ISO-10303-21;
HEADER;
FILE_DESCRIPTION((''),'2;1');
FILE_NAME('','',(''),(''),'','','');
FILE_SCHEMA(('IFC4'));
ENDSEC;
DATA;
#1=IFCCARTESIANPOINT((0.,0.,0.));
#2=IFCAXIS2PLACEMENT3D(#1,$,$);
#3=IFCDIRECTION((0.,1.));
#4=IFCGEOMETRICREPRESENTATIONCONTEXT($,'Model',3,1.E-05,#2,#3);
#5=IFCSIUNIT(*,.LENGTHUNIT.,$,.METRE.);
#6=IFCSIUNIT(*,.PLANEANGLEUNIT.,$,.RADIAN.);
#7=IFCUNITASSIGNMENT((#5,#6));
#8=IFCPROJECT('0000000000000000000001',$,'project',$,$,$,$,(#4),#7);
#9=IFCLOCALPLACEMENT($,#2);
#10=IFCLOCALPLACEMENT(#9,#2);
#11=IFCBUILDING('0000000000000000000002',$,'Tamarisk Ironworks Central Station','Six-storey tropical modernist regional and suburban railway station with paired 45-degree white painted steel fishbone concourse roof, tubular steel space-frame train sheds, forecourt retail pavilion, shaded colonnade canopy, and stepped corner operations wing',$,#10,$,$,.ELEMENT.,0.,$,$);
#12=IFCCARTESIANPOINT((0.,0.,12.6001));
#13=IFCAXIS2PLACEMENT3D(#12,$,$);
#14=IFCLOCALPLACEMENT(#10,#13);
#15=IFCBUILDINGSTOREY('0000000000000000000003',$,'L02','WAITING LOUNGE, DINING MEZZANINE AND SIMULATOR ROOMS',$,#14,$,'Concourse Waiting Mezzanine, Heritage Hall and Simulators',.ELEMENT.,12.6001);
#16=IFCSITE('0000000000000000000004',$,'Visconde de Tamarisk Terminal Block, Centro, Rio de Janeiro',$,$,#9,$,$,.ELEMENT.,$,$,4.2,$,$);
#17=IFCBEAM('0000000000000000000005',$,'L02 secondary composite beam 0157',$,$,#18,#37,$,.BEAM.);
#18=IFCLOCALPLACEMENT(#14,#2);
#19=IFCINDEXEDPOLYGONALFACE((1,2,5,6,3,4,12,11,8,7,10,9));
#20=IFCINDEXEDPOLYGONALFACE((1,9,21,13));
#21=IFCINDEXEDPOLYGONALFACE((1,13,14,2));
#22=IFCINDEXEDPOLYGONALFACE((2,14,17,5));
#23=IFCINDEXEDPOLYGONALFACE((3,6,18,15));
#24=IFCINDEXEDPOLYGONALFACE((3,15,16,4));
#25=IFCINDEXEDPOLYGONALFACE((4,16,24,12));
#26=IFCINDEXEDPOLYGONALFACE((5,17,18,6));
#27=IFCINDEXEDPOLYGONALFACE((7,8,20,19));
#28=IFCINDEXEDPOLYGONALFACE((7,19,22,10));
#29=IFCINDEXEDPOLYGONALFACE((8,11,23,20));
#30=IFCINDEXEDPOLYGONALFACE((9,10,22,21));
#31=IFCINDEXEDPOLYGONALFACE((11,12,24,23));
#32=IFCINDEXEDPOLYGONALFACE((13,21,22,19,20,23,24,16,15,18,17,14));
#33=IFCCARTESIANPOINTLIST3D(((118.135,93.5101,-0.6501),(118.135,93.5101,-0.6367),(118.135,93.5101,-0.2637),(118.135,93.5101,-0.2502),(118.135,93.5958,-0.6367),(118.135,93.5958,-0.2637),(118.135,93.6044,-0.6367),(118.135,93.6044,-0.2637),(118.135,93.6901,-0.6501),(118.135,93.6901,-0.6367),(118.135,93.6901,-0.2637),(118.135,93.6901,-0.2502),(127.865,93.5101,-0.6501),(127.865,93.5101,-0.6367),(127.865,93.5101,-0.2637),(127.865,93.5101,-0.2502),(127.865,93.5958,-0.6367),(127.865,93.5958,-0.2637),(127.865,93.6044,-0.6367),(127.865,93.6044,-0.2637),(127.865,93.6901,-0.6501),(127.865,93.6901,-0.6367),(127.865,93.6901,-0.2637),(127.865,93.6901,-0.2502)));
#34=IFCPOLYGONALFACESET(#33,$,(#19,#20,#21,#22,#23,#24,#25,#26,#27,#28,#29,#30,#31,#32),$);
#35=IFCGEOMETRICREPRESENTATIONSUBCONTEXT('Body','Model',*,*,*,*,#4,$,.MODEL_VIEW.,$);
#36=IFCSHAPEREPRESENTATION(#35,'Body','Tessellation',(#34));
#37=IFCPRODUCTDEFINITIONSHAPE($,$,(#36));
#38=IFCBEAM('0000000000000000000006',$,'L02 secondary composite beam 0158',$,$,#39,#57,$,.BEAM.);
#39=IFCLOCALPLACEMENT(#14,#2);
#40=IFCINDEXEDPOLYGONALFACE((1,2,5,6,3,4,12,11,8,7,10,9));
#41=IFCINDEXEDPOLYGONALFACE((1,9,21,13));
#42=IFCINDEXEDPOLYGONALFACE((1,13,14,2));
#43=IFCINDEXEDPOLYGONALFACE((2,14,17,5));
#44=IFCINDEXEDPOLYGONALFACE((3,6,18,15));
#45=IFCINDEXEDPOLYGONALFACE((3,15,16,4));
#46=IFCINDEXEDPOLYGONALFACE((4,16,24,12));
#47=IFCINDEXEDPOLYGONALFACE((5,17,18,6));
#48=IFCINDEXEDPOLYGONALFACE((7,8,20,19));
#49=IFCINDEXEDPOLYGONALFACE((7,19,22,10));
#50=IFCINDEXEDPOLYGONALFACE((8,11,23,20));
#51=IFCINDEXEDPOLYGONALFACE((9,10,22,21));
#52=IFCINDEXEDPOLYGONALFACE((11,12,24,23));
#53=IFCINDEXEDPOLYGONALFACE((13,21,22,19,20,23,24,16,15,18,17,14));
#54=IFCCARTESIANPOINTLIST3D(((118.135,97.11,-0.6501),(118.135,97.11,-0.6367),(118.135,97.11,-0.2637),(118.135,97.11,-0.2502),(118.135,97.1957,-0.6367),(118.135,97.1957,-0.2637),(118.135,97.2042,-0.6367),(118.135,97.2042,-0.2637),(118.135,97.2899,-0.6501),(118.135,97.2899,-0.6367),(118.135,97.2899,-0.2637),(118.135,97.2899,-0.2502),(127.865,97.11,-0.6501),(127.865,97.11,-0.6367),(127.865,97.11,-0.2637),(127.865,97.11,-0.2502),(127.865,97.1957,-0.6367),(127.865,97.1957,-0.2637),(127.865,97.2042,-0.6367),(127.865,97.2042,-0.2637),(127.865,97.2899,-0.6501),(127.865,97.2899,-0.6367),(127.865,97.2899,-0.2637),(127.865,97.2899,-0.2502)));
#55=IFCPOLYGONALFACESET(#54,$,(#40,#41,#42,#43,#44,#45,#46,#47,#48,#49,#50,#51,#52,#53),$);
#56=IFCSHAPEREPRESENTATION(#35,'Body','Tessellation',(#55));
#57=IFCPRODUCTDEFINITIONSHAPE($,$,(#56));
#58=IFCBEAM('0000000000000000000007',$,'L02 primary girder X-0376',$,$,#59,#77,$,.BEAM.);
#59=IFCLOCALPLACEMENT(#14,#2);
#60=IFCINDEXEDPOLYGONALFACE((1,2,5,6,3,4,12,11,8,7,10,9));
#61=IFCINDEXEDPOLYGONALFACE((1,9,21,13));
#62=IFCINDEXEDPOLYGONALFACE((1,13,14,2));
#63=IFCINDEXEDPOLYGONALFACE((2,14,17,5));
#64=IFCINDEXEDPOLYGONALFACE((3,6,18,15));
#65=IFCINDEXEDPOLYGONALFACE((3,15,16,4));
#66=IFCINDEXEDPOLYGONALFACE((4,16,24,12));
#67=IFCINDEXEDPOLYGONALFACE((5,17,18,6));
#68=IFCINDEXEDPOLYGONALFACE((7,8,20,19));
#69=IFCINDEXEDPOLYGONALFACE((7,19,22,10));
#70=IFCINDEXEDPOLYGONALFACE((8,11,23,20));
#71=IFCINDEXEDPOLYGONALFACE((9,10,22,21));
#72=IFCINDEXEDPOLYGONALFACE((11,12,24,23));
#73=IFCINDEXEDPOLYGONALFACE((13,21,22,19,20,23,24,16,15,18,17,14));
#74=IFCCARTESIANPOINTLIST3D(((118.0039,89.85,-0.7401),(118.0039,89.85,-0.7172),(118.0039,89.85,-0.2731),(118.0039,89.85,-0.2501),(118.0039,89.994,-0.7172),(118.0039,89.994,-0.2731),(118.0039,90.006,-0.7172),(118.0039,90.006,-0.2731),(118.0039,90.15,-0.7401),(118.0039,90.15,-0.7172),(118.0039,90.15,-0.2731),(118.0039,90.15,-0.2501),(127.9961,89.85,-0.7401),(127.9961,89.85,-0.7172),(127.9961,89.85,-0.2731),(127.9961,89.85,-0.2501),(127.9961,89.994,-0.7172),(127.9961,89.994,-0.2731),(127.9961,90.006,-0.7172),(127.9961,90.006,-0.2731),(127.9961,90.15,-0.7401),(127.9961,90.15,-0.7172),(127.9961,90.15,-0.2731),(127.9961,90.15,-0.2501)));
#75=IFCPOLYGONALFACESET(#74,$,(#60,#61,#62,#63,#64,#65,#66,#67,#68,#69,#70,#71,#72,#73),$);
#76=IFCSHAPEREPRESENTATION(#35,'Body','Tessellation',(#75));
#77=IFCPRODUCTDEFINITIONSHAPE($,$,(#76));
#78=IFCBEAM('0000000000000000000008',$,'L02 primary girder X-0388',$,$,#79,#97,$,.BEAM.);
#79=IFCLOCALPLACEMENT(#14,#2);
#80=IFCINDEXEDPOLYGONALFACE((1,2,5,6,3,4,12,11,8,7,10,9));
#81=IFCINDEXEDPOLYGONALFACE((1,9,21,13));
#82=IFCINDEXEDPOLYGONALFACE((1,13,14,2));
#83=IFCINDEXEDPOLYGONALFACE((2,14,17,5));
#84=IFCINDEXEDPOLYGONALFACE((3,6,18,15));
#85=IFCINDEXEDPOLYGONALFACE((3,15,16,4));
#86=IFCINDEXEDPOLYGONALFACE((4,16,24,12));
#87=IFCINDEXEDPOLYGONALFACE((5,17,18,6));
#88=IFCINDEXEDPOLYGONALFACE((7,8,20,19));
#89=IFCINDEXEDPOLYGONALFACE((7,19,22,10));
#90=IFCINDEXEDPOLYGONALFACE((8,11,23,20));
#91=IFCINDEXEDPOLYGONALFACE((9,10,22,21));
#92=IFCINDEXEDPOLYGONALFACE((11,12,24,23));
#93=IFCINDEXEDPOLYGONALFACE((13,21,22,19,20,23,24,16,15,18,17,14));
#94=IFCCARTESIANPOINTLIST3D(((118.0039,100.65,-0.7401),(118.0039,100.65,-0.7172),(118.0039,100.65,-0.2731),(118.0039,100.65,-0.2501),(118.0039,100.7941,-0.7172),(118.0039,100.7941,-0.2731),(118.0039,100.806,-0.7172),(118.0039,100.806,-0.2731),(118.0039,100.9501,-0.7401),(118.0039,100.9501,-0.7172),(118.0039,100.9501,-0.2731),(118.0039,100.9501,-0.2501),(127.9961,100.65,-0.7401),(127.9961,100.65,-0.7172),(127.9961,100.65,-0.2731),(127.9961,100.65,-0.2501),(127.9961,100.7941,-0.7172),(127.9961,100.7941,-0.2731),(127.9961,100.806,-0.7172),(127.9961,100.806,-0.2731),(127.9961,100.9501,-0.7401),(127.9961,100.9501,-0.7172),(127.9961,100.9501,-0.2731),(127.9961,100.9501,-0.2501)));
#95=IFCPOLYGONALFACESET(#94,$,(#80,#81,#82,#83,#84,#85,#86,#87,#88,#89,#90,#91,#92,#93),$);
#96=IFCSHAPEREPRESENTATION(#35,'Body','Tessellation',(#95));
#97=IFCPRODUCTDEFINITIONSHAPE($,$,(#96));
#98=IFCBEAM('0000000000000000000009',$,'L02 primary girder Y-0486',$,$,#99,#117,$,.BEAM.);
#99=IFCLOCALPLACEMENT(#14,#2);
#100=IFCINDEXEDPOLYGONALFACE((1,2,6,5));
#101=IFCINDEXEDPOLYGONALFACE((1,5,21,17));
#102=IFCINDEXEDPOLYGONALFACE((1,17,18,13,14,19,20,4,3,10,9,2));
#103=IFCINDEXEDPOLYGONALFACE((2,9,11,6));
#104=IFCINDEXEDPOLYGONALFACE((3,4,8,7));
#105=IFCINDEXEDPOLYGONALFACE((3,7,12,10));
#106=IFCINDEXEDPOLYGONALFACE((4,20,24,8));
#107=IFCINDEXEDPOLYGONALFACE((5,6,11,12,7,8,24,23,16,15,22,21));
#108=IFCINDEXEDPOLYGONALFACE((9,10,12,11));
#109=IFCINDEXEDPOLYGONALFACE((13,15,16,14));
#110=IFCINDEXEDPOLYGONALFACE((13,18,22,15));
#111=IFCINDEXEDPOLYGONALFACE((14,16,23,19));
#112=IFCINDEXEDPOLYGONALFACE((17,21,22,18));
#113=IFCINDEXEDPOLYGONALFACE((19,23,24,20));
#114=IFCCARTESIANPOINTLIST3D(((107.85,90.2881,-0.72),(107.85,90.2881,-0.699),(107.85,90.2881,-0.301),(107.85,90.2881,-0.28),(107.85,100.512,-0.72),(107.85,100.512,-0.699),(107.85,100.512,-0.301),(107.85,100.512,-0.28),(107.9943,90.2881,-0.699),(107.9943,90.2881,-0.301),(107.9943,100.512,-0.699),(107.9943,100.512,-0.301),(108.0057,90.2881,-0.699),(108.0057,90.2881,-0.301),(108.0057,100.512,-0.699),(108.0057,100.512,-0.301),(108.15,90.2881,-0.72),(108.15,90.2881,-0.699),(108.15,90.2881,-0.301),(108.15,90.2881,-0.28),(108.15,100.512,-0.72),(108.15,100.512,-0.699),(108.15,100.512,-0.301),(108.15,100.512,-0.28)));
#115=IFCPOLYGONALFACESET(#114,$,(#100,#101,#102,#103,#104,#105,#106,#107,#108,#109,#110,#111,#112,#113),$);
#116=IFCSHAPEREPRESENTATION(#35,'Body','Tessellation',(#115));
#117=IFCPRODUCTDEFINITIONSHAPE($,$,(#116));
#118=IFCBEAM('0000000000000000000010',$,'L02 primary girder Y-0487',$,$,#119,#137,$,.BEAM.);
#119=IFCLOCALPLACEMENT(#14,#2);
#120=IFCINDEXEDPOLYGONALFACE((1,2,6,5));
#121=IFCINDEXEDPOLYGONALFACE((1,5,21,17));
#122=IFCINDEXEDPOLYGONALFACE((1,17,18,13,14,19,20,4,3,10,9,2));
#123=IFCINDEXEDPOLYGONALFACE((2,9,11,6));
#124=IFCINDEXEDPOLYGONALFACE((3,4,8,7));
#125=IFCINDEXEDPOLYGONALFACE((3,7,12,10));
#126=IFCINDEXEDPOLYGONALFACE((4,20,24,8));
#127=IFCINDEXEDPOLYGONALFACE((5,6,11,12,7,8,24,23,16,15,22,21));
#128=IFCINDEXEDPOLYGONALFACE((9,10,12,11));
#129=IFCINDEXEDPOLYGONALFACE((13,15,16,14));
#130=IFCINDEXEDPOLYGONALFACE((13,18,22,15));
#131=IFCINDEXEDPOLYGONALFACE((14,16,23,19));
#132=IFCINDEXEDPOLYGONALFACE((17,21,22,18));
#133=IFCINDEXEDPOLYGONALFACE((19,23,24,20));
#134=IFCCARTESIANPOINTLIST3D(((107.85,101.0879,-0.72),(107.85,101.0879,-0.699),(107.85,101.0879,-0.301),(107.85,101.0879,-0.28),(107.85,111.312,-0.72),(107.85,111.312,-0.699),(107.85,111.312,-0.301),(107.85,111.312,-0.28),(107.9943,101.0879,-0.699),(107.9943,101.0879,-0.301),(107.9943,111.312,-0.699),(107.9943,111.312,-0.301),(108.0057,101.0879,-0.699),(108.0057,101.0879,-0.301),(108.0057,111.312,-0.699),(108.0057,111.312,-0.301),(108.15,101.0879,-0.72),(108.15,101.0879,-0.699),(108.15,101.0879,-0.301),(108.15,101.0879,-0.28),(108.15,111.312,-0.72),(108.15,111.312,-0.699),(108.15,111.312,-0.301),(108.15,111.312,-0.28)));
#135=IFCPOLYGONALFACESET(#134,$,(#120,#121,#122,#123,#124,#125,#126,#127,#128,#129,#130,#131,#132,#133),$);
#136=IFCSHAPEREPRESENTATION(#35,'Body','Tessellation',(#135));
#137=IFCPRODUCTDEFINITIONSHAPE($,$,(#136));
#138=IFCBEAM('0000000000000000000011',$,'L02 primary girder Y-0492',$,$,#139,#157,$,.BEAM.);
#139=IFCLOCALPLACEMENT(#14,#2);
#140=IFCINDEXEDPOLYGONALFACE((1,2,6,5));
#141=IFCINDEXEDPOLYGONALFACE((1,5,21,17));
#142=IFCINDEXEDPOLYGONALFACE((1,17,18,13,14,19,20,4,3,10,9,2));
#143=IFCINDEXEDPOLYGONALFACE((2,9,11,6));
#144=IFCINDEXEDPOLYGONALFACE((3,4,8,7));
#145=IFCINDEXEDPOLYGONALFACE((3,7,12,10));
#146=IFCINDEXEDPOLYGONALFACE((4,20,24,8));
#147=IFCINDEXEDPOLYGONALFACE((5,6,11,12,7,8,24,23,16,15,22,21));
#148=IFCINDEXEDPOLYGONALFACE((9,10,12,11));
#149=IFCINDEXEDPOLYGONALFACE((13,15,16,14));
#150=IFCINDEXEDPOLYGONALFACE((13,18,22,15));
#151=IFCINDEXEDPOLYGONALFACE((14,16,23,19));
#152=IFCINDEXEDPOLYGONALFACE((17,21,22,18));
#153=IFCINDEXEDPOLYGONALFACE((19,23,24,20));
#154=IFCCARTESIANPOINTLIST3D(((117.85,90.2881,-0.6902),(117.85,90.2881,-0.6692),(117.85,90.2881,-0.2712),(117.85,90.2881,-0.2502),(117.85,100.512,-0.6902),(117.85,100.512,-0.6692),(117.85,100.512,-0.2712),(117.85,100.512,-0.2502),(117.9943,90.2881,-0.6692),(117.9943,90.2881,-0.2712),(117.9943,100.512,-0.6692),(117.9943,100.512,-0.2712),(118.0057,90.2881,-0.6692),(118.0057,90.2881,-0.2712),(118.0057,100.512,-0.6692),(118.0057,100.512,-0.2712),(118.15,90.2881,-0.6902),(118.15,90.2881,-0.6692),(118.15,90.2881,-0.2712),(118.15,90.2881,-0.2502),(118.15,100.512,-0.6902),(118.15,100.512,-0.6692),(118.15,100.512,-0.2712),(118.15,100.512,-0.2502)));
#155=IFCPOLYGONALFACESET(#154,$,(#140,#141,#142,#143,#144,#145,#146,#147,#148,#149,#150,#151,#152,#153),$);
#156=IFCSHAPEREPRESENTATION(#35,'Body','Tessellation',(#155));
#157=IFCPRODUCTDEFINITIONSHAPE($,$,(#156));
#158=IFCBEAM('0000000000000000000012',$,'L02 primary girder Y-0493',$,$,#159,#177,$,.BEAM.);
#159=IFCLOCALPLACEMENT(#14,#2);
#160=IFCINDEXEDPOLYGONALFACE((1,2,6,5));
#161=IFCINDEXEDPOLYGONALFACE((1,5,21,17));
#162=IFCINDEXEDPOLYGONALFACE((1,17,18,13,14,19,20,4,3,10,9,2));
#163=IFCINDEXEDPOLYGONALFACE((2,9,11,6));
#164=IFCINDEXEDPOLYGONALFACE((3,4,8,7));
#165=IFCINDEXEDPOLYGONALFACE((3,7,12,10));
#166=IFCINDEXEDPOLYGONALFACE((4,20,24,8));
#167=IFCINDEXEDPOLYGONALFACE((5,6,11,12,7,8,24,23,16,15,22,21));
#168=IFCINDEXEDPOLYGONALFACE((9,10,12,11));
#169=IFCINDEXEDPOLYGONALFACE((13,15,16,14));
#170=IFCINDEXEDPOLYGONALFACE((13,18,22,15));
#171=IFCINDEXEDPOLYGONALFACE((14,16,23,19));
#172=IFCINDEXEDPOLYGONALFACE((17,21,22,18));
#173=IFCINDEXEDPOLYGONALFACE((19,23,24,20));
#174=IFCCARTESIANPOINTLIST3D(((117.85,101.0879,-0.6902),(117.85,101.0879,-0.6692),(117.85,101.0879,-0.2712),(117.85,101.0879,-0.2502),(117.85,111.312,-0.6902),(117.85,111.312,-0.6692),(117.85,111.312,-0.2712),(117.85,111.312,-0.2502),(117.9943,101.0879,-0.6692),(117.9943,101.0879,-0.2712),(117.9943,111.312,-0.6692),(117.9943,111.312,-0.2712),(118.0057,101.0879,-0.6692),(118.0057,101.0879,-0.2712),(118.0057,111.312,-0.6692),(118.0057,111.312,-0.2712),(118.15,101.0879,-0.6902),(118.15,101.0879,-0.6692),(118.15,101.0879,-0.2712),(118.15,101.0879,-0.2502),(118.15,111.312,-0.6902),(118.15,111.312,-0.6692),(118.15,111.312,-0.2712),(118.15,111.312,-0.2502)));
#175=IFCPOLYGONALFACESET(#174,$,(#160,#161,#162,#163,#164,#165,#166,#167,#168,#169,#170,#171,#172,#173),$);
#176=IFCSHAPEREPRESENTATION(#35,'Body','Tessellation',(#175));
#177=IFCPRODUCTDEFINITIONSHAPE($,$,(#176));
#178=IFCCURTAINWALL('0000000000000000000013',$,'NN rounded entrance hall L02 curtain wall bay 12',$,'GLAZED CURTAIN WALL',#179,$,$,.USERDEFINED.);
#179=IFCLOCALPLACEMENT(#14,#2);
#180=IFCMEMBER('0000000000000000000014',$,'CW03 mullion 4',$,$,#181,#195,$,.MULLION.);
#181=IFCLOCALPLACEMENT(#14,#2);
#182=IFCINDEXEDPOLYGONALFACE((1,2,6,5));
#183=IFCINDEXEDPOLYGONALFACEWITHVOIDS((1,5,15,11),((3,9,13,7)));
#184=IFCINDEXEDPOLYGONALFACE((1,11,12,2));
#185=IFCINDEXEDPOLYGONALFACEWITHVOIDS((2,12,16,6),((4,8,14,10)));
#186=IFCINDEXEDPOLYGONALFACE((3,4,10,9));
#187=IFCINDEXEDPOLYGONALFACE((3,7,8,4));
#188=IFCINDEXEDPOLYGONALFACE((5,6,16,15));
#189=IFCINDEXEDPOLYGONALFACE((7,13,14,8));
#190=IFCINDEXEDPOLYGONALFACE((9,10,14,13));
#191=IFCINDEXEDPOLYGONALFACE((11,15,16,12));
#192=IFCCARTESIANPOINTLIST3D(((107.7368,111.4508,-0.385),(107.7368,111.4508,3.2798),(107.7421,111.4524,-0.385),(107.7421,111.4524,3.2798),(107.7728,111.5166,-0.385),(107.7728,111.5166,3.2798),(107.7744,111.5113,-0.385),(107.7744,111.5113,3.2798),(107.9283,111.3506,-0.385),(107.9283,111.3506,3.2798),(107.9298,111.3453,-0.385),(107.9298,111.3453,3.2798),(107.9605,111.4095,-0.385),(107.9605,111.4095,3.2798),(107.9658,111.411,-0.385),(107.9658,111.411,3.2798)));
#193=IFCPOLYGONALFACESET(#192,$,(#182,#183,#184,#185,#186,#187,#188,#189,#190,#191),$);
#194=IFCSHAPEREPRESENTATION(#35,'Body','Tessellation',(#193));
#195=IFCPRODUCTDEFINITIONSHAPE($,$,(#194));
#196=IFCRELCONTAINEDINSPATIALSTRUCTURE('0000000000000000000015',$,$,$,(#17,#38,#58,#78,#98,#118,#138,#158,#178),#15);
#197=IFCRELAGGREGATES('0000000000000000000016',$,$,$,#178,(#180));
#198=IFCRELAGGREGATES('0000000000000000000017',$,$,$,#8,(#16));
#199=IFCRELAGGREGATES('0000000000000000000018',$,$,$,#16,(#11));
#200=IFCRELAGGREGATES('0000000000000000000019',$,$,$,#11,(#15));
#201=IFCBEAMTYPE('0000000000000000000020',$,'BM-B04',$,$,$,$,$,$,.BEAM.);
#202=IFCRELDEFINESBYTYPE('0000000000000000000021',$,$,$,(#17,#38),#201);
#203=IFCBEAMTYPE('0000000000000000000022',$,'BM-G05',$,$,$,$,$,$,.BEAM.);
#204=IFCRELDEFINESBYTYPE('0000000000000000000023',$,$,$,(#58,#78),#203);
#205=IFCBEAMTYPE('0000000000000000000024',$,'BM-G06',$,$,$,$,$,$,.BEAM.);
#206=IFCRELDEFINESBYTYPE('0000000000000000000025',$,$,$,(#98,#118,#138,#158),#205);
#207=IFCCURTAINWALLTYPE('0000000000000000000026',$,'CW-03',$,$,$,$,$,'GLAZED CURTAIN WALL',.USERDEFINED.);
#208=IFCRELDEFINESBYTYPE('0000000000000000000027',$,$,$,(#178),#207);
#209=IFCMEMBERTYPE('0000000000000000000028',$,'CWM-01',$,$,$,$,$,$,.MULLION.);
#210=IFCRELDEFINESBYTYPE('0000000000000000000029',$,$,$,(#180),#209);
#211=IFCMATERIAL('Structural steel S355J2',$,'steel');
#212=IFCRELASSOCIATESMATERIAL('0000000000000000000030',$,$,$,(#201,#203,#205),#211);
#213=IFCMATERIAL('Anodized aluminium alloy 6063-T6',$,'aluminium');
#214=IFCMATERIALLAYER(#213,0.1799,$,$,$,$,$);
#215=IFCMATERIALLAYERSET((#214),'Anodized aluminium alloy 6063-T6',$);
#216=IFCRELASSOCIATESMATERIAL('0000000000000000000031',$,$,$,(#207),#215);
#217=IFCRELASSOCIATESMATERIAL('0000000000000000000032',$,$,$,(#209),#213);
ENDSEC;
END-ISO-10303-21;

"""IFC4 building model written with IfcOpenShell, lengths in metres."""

from ifc_helpers import new_model, si_unit, direction, frame, origin, origin_2d, place, context, subcontext, project, spatial, hollow_rectangle, i_section, extrude, material, layer, layer_set, material_profile, profile_set, type_object, element, aggregate, save


model = new_model("IFC4")

# Units and contexts
model_context = context("Model", 3, precision=1e-05, world=origin(), true_north=direction((0.0, 1.0)))
body_context = subcontext(model_context, "Body", "Model", "MODEL_VIEW")
ifc_project = project(units=[si_unit("LENGTHUNIT", "METRE"), si_unit("PLANEANGLEUNIT", "RADIAN")], contexts=[model_context])

# Site, building, storey
site_placement = place(None, origin())
site = spatial("IfcSite", under=ifc_project, at=site_placement, Name="Visconde de Tamarisk Terminal Block, Centro, Rio de Janeiro", CompositionType="ELEMENT", RefElevation=4.2)
building_placement = place(site_placement, origin())
building = spatial("IfcBuilding", under=site, at=building_placement, Name="Tamarisk Ironworks Central Station", Description="Six-storey tropical modernist regional and suburban railway station with paired 45-degree white painted steel fishbone concourse roof, tubular steel space-frame train sheds, forecourt retail pavilion, shaded colonnade canopy, and stepped corner operations wing", CompositionType="ELEMENT", ElevationOfRefHeight=0.0)
storey_placement = place(building_placement, frame((0.0, 0.0, 12.6001)))
storey = spatial("IfcBuildingStorey", under=building, at=storey_placement, Name="L02", Description="WAITING LOUNGE, DINING MEZZANINE AND SIMULATOR ROOMS", LongName="Concourse Waiting Mezzanine, Heritage Hall and Simulators", CompositionType="ELEMENT", Elevation=12.6001)

# Shared definitions
ifc_material_1 = material(Name="Structural steel S355J2", Category="steel")

# Beams
ifc_material_profile_1 = material_profile(ifc_material_1, i_section(OverallWidth=0.1799, OverallDepth=0.3999, WebThickness=0.0085, FlangeThickness=0.0134, at=origin_2d()), Name="IPE 400")
ifc_profile_set_1 = profile_set([ifc_material_profile_1], Name="Structural steel S355J2")
beam_type_1 = type_object("IfcBeamType", Name="BM-B04", PredefinedType="BEAM", material=ifc_profile_set_1)
for number, where, z_axis, x_axis, name in (
    (1, (118.135, 93.6001, -0.4502), (1.0, 0.0, 0.0), (0.0, 1.0, 0.0), "L02 secondary composite beam 0157"),
    (2, (118.135, 97.2, -0.4502), (1.0, 0.0, 0.0), (0.0, 1.0, 0.0), "L02 secondary composite beam 0158"),
):
    element("IfcBeam", number, at=place(storey_placement, frame(where, z_axis=z_axis, x_axis=x_axis)), inside=storey, type_object=beam_type_1, Name=name, PredefinedType="BEAM", context=body_context, shape_type="SweptSolid", body=[
        extrude(i_section(OverallWidth=0.1799, OverallDepth=0.3999, WebThickness=0.0085, FlangeThickness=0.0134, at=origin_2d()), origin(), (0.0, 0.0, 1.0), 9.73),
    ])
ifc_material_profile_2 = material_profile(ifc_material_1, i_section(OverallWidth=0.3, OverallDepth=0.49, WebThickness=0.012, FlangeThickness=0.0229, at=origin_2d()), Name="HEA 500")
ifc_profile_set_2 = profile_set([ifc_material_profile_2], Name="Structural steel S355J2")
beam_type_2 = type_object("IfcBeamType", Name="BM-G05", PredefinedType="BEAM", material=ifc_profile_set_2)
for number, where, z_axis, x_axis, name in (
    (3, (118.0039, 90.0, -0.4951), (1.0, 0.0, 0.0), (0.0, 1.0, 0.0), "L02 primary girder X-0376"),
    (4, (118.0039, 100.8, -0.4951), (1.0, 0.0, 0.0), (0.0, 1.0, 0.0), "L02 primary girder X-0388"),
):
    element("IfcBeam", number, at=place(storey_placement, frame(where, z_axis=z_axis, x_axis=x_axis)), inside=storey, type_object=beam_type_2, Name=name, PredefinedType="BEAM", context=body_context, shape_type="SweptSolid", body=[
        extrude(i_section(OverallWidth=0.3, OverallDepth=0.49, WebThickness=0.012, FlangeThickness=0.0229, at=origin_2d()), origin(), (0.0, 0.0, 1.0), 9.9922),
    ])
ifc_material_profile_3 = material_profile(ifc_material_1, i_section(OverallWidth=0.3, OverallDepth=0.4399, WebThickness=0.0115, FlangeThickness=0.021, at=origin_2d()), Name="HEA 450")
ifc_profile_set_3 = profile_set([ifc_material_profile_3], Name="Structural steel S355J2")
beam_type_3 = type_object("IfcBeamType", Name="BM-G06", PredefinedType="BEAM", material=ifc_profile_set_3)
beam_1_placement = place(storey_placement, frame((108.0, 90.2881, -0.5), z_axis=(0.0, 1.0, 0.0), x_axis=(-1.0, 0.0, 0.0)))
element("IfcBeam", 5, at=beam_1_placement, inside=storey, type_object=beam_type_3, Name="L02 primary girder Y-0486", PredefinedType="BEAM", context=body_context, shape_type="SweptSolid", body=[
    extrude(i_section(OverallWidth=0.3, OverallDepth=0.4399, WebThickness=0.0115, FlangeThickness=0.021, at=origin_2d()), origin(), (0.0, 0.0, 1.0), 10.2239),
])
beam_2_placement = place(storey_placement, frame((108.0, 101.0879, -0.5), z_axis=(0.0, 1.0, 0.0), x_axis=(-1.0, 0.0, 0.0)))
element("IfcBeam", 6, at=beam_2_placement, inside=storey, type_object=beam_type_3, Name="L02 primary girder Y-0487", PredefinedType="BEAM", context=body_context, shape_type="SweptSolid", body=[
    extrude(i_section(OverallWidth=0.3, OverallDepth=0.4399, WebThickness=0.0115, FlangeThickness=0.021, at=origin_2d()), origin(), (0.0, 0.0, 1.0), 10.2241),
])
beam_3_placement = place(storey_placement, frame((118.0, 90.2881, -0.4702), z_axis=(0.0, 1.0, 0.0), x_axis=(-1.0, 0.0, 0.0)))
element("IfcBeam", 7, at=beam_3_placement, inside=storey, type_object=beam_type_3, Name="L02 primary girder Y-0492", PredefinedType="BEAM", context=body_context, shape_type="SweptSolid", body=[
    extrude(i_section(OverallWidth=0.3, OverallDepth=0.4399, WebThickness=0.0115, FlangeThickness=0.021, at=origin_2d()), origin(), (0.0, 0.0, 1.0), 10.2239),
])
beam_4_placement = place(storey_placement, frame((118.0, 101.0879, -0.4702), z_axis=(0.0, 1.0, 0.0), x_axis=(-1.0, 0.0, 0.0)))
element("IfcBeam", 8, at=beam_4_placement, inside=storey, type_object=beam_type_3, Name="L02 primary girder Y-0493", PredefinedType="BEAM", context=body_context, shape_type="SweptSolid", body=[
    extrude(i_section(OverallWidth=0.3, OverallDepth=0.4399, WebThickness=0.0115, FlangeThickness=0.021, at=origin_2d()), origin(), (0.0, 0.0, 1.0), 10.2241),
])

# Curtain wall, member
ifc_material_2 = material(Name="Anodized aluminium alloy 6063-T6", Category="aluminium")
ifc_layer_1 = layer(ifc_material_2, 0.1799)
ifc_layer_set_1 = layer_set([ifc_layer_1], Name="Anodized aluminium alloy 6063-T6")
curtain_wall_type = type_object("IfcCurtainWallType", Name="CW-03", ElementType="GLAZED CURTAIN WALL", PredefinedType="USERDEFINED", material=ifc_layer_set_1)
curtain_wall_placement = place(storey_placement, origin())
curtain_wall = element("IfcCurtainWall", 9, at=curtain_wall_placement, inside=storey, type_object=curtain_wall_type, Name="NN rounded entrance hall L02 curtain wall bay 12", ObjectType="GLAZED CURTAIN WALL", PredefinedType="USERDEFINED")
ifc_material_profile_4 = material_profile(ifc_material_2, hollow_rectangle(XDim=0.075, YDim=0.22, WallThickness=0.0039, at=origin_2d()), Name="ALUM 220x75")
ifc_profile_set_4 = profile_set([ifc_material_profile_4], Name="Anodized aluminium alloy 6063-T6")
member_type = type_object("IfcMemberType", Name="CWM-01", PredefinedType="MULLION", material=ifc_profile_set_4)
member_placement = place(storey_placement, frame((107.8513, 111.4309, -0.385), z_axis=(0.0, 0.0, 1.0), x_axis=(0.479805, 0.877375, 0.0)))
member = element("IfcMember", 10, at=member_placement, type_object=member_type, Name="CW03 mullion 4", PredefinedType="MULLION", context=body_context, shape_type="SweptSolid", body=[
    extrude(hollow_rectangle(XDim=0.075, YDim=0.22, WallThickness=0.0039, at=origin_2d()), origin(), (0.0, 0.0, 1.0), 3.6648),
])
aggregate(curtain_wall, [member])

save(model, "model.ifc")
